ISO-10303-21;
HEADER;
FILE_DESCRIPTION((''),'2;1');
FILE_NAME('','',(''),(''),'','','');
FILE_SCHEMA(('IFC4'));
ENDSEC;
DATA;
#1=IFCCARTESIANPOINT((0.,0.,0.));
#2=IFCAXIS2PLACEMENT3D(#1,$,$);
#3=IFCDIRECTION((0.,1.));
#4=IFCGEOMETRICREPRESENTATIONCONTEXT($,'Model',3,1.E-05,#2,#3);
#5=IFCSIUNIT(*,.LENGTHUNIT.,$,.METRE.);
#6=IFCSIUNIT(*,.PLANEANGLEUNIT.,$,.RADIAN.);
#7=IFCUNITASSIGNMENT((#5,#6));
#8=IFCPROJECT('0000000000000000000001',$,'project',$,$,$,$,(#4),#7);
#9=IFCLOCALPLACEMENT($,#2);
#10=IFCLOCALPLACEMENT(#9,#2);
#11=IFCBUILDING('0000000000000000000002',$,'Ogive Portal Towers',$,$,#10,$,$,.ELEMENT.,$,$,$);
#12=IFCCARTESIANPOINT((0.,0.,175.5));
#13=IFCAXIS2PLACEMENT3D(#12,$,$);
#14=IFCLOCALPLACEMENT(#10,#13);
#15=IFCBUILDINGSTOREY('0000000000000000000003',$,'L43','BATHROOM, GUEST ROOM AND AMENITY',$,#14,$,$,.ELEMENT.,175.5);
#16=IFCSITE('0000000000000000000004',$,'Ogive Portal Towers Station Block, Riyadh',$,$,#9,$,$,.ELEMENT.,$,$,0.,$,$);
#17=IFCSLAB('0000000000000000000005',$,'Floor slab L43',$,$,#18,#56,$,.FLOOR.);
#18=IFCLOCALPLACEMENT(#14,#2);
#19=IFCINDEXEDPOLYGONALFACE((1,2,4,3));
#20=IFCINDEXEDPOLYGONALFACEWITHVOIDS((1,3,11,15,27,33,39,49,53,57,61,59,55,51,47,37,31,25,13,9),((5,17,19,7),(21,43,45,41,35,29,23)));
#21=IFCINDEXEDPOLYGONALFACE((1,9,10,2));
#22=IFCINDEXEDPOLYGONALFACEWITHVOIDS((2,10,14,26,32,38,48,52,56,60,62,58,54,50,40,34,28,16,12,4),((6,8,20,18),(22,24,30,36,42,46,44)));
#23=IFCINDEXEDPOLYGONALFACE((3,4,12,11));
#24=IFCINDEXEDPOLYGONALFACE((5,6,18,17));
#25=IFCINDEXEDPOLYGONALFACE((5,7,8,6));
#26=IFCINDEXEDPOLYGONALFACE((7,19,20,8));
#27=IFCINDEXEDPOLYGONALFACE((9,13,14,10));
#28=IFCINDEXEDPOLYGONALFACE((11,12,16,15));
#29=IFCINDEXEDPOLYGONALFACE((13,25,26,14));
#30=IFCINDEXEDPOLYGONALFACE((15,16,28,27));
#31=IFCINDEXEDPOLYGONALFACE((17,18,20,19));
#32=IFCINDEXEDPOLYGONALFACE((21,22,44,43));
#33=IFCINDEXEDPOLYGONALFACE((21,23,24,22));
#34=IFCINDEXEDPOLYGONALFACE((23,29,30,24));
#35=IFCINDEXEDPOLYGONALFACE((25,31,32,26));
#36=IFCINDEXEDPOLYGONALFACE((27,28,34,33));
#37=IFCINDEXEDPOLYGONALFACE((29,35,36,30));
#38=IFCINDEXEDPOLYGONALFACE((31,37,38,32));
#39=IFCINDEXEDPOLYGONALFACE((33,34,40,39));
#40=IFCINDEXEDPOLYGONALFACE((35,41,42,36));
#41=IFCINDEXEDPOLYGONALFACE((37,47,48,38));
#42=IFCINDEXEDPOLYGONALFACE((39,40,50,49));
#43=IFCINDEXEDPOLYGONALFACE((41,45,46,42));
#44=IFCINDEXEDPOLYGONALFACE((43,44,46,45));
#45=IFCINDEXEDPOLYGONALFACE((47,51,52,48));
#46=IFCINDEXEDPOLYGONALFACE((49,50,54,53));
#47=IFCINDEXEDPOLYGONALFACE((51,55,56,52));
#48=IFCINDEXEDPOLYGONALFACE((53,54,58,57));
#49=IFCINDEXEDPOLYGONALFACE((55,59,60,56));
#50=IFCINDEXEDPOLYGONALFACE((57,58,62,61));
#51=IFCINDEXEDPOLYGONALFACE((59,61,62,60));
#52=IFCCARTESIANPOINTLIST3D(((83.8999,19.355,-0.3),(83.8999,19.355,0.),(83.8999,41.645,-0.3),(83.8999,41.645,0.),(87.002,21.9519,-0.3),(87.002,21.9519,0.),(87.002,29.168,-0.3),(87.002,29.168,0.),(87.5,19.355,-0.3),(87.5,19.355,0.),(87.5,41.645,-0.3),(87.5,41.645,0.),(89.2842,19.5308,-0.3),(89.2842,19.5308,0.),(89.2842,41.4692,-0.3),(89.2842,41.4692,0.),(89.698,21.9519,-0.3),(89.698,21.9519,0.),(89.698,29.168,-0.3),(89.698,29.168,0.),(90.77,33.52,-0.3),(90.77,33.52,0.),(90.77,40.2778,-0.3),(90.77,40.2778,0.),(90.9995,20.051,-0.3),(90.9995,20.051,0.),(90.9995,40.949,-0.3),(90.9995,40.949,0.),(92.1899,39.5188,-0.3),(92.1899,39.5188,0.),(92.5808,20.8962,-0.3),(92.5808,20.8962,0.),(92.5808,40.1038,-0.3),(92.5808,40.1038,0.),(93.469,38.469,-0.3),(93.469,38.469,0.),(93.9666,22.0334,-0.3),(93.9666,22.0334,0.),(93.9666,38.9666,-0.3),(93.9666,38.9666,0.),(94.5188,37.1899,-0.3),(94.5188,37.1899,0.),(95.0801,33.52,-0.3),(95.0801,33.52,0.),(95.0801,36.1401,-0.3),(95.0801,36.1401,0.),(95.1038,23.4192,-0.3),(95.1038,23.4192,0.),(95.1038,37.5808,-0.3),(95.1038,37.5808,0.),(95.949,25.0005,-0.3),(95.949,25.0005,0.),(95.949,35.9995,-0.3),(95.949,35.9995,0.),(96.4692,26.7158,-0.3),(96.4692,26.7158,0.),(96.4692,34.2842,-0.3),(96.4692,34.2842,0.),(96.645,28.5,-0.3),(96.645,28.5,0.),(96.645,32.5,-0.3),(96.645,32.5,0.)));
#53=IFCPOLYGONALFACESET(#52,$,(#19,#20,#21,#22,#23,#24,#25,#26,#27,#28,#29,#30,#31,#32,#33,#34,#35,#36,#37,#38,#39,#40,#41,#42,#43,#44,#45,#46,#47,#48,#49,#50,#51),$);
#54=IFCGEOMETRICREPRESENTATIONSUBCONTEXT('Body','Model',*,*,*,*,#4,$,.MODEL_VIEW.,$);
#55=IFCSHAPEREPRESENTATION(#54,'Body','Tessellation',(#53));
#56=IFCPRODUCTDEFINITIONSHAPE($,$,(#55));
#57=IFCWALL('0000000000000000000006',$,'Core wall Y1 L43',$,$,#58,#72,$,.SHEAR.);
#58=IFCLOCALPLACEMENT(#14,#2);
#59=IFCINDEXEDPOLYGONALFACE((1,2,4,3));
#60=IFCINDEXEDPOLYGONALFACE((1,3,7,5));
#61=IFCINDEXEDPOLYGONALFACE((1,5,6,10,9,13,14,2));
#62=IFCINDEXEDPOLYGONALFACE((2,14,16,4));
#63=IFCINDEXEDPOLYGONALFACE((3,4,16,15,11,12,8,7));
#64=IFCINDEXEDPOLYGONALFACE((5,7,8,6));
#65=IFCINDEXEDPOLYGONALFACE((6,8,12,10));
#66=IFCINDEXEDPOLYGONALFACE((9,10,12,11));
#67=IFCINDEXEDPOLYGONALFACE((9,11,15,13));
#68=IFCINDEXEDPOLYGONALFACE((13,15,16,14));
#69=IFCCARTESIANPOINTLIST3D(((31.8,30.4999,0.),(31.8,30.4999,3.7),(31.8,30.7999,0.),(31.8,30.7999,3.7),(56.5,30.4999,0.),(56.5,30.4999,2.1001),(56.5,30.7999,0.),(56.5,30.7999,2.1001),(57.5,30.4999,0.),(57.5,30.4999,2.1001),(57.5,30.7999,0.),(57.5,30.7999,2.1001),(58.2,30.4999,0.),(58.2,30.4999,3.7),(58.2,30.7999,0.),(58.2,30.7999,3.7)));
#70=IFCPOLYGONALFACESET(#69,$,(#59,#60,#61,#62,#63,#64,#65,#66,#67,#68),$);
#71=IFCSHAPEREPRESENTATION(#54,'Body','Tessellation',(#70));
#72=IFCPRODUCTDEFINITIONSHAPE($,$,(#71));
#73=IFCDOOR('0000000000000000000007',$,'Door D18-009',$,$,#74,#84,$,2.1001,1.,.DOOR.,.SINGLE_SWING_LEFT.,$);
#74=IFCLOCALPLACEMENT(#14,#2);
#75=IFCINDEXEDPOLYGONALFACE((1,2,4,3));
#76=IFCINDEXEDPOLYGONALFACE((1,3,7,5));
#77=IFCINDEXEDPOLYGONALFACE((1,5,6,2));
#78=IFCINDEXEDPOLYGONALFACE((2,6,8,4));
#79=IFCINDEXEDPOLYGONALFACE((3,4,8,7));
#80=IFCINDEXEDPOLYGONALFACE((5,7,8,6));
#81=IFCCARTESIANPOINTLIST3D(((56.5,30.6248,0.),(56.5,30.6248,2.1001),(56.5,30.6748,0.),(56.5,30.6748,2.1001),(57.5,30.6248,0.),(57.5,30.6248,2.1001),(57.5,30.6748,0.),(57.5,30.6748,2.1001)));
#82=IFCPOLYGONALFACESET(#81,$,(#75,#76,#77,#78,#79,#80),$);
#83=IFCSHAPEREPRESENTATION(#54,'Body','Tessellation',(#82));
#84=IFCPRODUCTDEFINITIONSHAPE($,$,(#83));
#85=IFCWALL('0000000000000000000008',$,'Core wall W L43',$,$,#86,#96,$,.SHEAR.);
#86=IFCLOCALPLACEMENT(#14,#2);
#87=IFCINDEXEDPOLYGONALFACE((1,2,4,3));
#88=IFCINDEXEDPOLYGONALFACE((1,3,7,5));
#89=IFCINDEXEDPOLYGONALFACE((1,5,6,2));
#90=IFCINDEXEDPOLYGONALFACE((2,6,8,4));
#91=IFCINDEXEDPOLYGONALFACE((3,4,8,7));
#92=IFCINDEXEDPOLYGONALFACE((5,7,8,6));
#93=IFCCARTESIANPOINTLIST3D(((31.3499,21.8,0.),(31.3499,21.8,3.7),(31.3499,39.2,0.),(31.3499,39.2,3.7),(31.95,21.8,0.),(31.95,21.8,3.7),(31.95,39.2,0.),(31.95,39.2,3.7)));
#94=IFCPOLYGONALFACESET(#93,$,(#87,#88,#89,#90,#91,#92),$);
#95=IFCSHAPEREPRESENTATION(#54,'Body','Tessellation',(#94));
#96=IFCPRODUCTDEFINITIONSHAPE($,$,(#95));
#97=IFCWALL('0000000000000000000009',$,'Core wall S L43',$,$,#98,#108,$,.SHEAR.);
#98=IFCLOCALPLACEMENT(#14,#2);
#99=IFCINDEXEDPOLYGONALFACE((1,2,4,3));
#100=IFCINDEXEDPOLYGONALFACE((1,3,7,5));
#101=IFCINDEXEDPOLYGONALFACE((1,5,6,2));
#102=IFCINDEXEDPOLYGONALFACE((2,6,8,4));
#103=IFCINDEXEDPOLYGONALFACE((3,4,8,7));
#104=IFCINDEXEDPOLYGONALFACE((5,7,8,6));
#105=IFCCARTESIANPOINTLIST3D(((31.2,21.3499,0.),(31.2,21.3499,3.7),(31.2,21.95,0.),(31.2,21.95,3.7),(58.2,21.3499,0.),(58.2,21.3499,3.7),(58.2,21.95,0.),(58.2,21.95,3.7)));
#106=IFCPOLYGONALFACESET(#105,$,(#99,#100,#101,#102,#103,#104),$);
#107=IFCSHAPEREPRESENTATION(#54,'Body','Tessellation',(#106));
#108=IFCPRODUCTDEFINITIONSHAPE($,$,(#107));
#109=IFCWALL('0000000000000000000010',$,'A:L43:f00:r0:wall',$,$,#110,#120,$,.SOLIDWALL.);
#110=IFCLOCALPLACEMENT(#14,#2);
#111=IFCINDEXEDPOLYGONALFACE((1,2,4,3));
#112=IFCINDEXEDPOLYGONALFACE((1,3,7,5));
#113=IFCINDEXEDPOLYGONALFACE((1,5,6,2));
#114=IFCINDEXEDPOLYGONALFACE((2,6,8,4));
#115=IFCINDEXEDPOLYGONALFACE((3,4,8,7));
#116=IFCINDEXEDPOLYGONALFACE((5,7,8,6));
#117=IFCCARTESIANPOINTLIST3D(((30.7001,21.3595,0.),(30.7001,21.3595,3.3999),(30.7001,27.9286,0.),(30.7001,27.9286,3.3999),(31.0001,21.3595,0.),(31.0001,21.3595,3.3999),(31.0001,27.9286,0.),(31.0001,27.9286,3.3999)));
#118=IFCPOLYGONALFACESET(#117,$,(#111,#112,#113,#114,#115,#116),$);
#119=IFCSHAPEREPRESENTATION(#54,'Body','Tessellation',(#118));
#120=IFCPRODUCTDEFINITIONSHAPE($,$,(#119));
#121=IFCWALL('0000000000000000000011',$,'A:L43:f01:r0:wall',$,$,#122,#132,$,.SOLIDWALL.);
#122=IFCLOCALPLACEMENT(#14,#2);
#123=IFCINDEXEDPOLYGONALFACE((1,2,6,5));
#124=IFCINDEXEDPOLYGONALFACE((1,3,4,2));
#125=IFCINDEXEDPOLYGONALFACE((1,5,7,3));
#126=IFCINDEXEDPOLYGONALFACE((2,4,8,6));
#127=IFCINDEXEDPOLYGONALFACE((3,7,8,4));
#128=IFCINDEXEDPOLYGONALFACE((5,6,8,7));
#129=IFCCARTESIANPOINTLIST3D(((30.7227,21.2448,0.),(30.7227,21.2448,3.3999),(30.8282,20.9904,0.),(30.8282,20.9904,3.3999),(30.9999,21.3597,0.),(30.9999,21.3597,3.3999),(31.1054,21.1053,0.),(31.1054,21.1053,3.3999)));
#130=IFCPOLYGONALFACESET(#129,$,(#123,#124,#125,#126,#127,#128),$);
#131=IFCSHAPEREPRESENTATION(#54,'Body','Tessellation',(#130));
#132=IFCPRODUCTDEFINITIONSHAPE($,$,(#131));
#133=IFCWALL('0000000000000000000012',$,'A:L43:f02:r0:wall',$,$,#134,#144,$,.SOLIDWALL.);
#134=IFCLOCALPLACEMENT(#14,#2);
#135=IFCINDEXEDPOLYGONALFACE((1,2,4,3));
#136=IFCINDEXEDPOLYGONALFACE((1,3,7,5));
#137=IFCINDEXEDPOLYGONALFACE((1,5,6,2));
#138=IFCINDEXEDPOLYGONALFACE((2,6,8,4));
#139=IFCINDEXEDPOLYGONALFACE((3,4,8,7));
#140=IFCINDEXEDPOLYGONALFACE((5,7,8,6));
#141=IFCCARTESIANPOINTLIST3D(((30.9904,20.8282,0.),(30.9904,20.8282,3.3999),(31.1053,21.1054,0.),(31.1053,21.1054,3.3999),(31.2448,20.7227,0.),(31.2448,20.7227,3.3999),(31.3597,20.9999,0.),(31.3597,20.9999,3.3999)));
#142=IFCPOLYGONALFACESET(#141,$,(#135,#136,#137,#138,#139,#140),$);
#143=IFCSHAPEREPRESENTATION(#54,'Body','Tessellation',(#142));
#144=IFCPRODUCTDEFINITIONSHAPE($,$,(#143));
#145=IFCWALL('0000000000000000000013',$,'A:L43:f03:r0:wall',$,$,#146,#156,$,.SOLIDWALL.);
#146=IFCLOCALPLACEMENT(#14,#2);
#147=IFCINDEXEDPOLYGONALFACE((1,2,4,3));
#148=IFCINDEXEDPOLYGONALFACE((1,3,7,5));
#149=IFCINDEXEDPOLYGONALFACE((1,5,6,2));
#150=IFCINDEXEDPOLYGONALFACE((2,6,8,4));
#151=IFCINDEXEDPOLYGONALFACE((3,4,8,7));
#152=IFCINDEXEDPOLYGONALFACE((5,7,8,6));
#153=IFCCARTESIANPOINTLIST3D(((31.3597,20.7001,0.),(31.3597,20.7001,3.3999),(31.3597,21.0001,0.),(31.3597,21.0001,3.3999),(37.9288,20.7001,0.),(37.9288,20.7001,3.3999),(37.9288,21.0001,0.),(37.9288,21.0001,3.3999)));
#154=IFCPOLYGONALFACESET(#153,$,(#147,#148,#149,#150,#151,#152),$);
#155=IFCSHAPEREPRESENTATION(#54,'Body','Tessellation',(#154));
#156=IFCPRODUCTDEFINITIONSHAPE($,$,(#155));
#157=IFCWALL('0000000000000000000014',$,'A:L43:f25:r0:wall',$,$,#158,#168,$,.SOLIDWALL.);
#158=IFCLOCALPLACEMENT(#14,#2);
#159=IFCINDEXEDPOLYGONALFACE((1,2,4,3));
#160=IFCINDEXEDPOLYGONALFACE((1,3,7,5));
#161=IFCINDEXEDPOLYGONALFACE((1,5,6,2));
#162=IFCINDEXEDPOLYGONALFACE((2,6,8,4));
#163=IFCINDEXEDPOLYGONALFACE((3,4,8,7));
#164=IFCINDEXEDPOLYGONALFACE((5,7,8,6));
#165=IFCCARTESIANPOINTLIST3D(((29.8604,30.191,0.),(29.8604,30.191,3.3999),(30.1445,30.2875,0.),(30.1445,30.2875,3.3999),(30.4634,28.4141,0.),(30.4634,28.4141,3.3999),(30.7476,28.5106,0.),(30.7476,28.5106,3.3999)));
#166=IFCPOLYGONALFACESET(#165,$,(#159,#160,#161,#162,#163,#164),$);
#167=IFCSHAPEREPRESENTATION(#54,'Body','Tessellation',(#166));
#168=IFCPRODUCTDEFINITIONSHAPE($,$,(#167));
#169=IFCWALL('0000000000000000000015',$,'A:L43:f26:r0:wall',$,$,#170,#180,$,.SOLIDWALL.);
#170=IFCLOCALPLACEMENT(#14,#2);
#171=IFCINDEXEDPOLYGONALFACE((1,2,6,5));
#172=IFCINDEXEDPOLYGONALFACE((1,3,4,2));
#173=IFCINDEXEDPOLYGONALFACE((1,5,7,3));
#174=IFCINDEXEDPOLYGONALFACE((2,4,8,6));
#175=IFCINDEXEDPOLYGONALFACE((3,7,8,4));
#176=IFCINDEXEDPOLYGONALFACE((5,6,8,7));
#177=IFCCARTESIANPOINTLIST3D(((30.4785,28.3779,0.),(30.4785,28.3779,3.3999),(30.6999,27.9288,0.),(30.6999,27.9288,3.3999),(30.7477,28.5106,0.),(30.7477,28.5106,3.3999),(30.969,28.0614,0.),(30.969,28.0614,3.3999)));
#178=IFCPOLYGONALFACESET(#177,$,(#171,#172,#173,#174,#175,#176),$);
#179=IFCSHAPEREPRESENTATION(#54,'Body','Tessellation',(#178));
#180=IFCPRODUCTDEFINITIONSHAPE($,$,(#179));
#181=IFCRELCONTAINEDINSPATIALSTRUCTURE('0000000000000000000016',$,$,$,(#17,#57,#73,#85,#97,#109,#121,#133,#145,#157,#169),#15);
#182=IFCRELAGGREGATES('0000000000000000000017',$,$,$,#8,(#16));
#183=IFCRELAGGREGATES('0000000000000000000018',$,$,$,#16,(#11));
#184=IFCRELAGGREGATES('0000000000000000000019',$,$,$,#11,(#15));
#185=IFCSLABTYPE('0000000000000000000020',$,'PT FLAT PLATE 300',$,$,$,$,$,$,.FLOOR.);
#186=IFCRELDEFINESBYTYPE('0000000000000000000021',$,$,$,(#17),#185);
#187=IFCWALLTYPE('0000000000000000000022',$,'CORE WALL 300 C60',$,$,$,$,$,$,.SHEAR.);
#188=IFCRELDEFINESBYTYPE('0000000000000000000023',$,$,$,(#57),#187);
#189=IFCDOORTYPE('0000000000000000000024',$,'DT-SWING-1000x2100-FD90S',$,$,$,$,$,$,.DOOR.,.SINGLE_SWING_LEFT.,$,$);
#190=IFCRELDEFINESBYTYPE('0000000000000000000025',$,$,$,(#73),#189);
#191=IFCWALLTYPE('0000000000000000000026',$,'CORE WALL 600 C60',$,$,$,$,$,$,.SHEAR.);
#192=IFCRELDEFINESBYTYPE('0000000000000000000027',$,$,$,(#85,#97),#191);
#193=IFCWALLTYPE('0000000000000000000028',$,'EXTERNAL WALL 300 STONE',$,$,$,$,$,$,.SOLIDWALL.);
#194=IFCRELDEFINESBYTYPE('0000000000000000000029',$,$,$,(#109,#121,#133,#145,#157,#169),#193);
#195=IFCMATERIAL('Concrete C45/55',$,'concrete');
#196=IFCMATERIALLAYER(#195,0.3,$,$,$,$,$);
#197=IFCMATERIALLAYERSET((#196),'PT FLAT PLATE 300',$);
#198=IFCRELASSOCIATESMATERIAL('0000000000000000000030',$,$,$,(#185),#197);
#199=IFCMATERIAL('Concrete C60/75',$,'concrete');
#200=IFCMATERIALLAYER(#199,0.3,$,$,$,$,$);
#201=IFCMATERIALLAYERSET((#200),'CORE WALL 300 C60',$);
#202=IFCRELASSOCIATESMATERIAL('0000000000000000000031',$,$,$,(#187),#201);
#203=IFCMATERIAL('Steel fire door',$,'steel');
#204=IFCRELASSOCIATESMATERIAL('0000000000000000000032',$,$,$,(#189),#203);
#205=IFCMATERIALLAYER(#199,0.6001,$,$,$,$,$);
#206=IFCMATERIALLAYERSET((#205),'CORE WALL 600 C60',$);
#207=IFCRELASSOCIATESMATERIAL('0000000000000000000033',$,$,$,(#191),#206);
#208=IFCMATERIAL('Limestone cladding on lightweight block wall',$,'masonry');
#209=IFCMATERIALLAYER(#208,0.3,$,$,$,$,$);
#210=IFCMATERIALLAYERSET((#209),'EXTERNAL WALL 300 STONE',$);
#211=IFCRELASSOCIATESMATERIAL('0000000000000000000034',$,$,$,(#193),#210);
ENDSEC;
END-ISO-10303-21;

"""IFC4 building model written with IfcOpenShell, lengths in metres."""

from ifc_helpers import new_model, si_unit, direction, frame, frame_2d, origin, place, context, subcontext, project, spatial, polyline, rectangle, outline, extrude, material, layer, layer_set, type_object, element, fill, save


model = new_model("IFC4")

# Units and contexts
model_context = context("Model", 3, precision=1e-05, world=origin(), true_north=direction((0.0, 1.0)))
body_context = subcontext(model_context, "Body", "Model", "MODEL_VIEW")
ifc_project = project(units=[si_unit("LENGTHUNIT", "METRE"), si_unit("PLANEANGLEUNIT", "RADIAN")], contexts=[model_context])

# Site, building, storey
site_placement = place(None, origin())
site = spatial("IfcSite", under=ifc_project, at=site_placement, Name="Ogive Portal Towers Station Block, Riyadh", CompositionType="ELEMENT", RefElevation=0.0)
building_placement = place(site_placement, origin())
building = spatial("IfcBuilding", under=site, at=building_placement, Name="Ogive Portal Towers", CompositionType="ELEMENT")
storey_placement = place(building_placement, frame((0.0, 0.0, 175.5)))
storey = spatial("IfcBuildingStorey", under=building, at=storey_placement, Name="L43", Description="BATHROOM, GUEST ROOM AND AMENITY", CompositionType="ELEMENT", Elevation=175.5)

# Slab
ifc_material_1 = material(Name="Concrete C45/55", Category="concrete")
ifc_layer_1 = layer(ifc_material_1, 0.3)
ifc_layer_set_1 = layer_set([ifc_layer_1], Name="PT FLAT PLATE 300")
slab_type_1 = type_object("IfcSlabType", Name="PT FLAT PLATE 300", PredefinedType="FLOOR", material=ifc_layer_set_1)
slab_1_placement = place(storey_placement, frame((0.0, 0.0, -0.3)))
element("IfcSlab", 1, at=slab_1_placement, inside=storey, type_object=slab_type_1, Name="Floor slab L43", PredefinedType="FLOOR", context=body_context, shape_type="SweptSolid", body=[
    extrude(outline(polyline([(89.2842, 41.4692), (87.5, 41.645), (83.8999, 41.645), (83.8999, 19.355), (87.5, 19.355), (89.2842, 19.5308), (90.9995, 20.051), (92.5808, 20.8962), (93.9666, 22.0334), (95.1038, 23.4192), (95.949, 25.0005), (96.4692, 26.7158), (96.645, 28.5), (96.645, 32.5), (96.4692, 34.2842), (95.949, 35.9995), (95.1038, 37.5808), (93.9666, 38.9666), (92.5808, 40.1038), (90.9995, 40.949), (89.2842, 41.4692)]), holes=[polyline([(87.002, 21.9519), (87.002, 29.168), (89.698, 29.168), (89.698, 21.9519), (87.002, 21.9519)]), polyline([(94.5188, 37.1899), (95.0801, 36.1401), (95.0801, 33.52), (90.77, 33.52), (90.77, 40.2778), (92.1899, 39.5188), (93.469, 38.469), (94.5188, 37.1899)])]), origin(), (0.0, 0.0, 1.0), 0.3),
])

# Wall, opening, door
ifc_material_2 = material(Name="Concrete C60/75", Category="concrete")
ifc_layer_2 = layer(ifc_material_2, 0.3)
ifc_layer_set_2 = layer_set([ifc_layer_2], Name="CORE WALL 300 C60")
wall_type_1 = type_object("IfcWallType", Name="CORE WALL 300 C60", PredefinedType="SHEAR", material=ifc_layer_set_2)
wall_1_placement = place(storey_placement, frame((31.8, 30.6499, 0.0), z_axis=(0.0, 0.0, 1.0), x_axis=(1.0, 0.0, 0.0)))
wall_1 = element("IfcWall", 2, at=wall_1_placement, inside=storey, type_object=wall_type_1, Name="Core wall Y1 L43", PredefinedType="SHEAR", context=body_context, shape_type="SweptSolid", body=[
    extrude(rectangle(XDim=26.3999, YDim=0.3, at=frame_2d((13.2, 0.0))), origin(), (0.0, 0.0, 1.0), 3.7),
])
opening_1_placement = place(wall_1_placement, frame((24.7, 0.0, 0.0)))
opening_1 = element("IfcOpeningElement", 3, at=opening_1_placement, cuts=wall_1, PredefinedType="OPENING", context=body_context, shape_type="SweptSolid", body=[
    extrude(rectangle(XDim=1.0, YDim=2.1001, at=frame_2d((0.5, 1.05))), frame((0.0, 0.1602, 0.0), z_axis=(0.0, -1.0, 0.0), x_axis=(1.0, 0.0, 0.0)), (0.0, 0.0, 1.0), 0.3201),
])
ifc_material_3 = material(Name="Steel fire door", Category="steel")
door_type_1 = type_object("IfcDoorType", Name="DT-SWING-1000x2100-FD90S", OperationType="SINGLE_SWING_LEFT", PredefinedType="DOOR", material=ifc_material_3)
door_1_placement = place(opening_1_placement, origin())
door_1 = element("IfcDoor", 4, at=door_1_placement, inside=storey, type_object=door_type_1, Name="Door D18-009", OperationType="SINGLE_SWING_LEFT", OverallHeight=2.1001, OverallWidth=1.0, PredefinedType="DOOR", context=body_context, shape_type="SweptSolid", body=[
    extrude(rectangle(XDim=1.0, YDim=2.1001, at=frame_2d((0.5, 1.05))), frame((0.0, 0.0249, 0.0), z_axis=(0.0, -1.0, 0.0), x_axis=(1.0, 0.0, 0.0)), (0.0, 0.0, 1.0), 0.05),
])
fill(opening_1, door_1)

# Walls
ifc_layer_3 = layer(ifc_material_2, 0.6001)
ifc_layer_set_3 = layer_set([ifc_layer_3], Name="CORE WALL 600 C60")
wall_type_2 = type_object("IfcWallType", Name="CORE WALL 600 C60", PredefinedType="SHEAR", material=ifc_layer_set_3)
wall_2_placement = place(storey_placement, frame((31.6499, 21.8, 0.0), z_axis=(0.0, 0.0, 1.0), x_axis=(0.0, 1.0, 0.0)))
element("IfcWall", 5, at=wall_2_placement, inside=storey, type_object=wall_type_2, Name="Core wall W L43", PredefinedType="SHEAR", context=body_context, shape_type="SweptSolid", body=[
    extrude(rectangle(XDim=17.3999, YDim=0.6001, at=frame_2d((8.7, 0.0))), origin(), (0.0, 0.0, 1.0), 3.7),
])
wall_3_placement = place(storey_placement, frame((31.2, 21.6499, 0.0), z_axis=(0.0, 0.0, 1.0), x_axis=(1.0, 0.0, 0.0)))
element("IfcWall", 6, at=wall_3_placement, inside=storey, type_object=wall_type_2, Name="Core wall S L43", PredefinedType="SHEAR", context=body_context, shape_type="SweptSolid", body=[
    extrude(rectangle(XDim=27.0, YDim=0.6001, at=frame_2d((13.5, 0.0))), origin(), (0.0, 0.0, 1.0), 3.7),
])
ifc_material_4 = material(Name="Limestone cladding on lightweight block wall", Category="masonry")
ifc_layer_4 = layer(ifc_material_4, 0.3)
ifc_layer_set_4 = layer_set([ifc_layer_4], Name="EXTERNAL WALL 300 STONE")
wall_type_3 = type_object("IfcWallType", Name="EXTERNAL WALL 300 STONE", PredefinedType="SOLIDWALL", material=ifc_layer_set_4)
wall_4_placement = place(storey_placement, frame((30.8501, 27.9287, 0.0), z_axis=(0.0, 0.0, 1.0), x_axis=(0.0, -1.0, 0.0)))
element("IfcWall", 7, at=wall_4_placement, inside=storey, type_object=wall_type_3, Name="A:L43:f00:r0:wall", PredefinedType="SOLIDWALL", context=body_context, shape_type="SweptSolid", body=[
    extrude(rectangle(XDim=6.5691, YDim=0.3, at=frame_2d((3.2847, 0.0))), origin(), (0.0, 0.0, 1.0), 3.3999),
])
for number, where, z_axis, x_axis, name in (
    (8, (30.8613, 21.3022, 0.0), (0.0, 0.0, 1.0), (0.382978, -0.923757, 0.0), "A:L43:f01:r0:wall"),
    (9, (31.0479, 20.9668, 0.0), (0.0, 0.0, 1.0), (0.923757, -0.382978, 0.0), "A:L43:f02:r0:wall"),
):
    element("IfcWall", number, at=place(storey_placement, frame(where, z_axis=z_axis, x_axis=x_axis)), inside=storey, type_object=wall_type_3, Name=name, PredefinedType="SOLIDWALL", context=body_context, shape_type="SweptSolid", body=[
        extrude(rectangle(XDim=0.2754, YDim=0.3, at=frame_2d((0.1377, 0.0))), origin(), (0.0, 0.0, 1.0), 3.3999),
    ])
wall_5_placement = place(storey_placement, frame((31.3596, 20.8501, 0.0), z_axis=(0.0, 0.0, 1.0), x_axis=(1.0, 0.0, 0.0)))
element("IfcWall", 10, at=wall_5_placement, inside=storey, type_object=wall_type_3, Name="A:L43:f03:r0:wall", PredefinedType="SOLIDWALL", context=body_context, shape_type="SweptSolid", body=[
    extrude(rectangle(XDim=6.5691, YDim=0.3, at=frame_2d((3.2847, 0.0))), origin(), (0.0, 0.0, 1.0), 3.3999),
])
wall_6_placement = place(storey_placement, frame((30.0024, 30.2393, 0.0), z_axis=(0.0, 0.0, 1.0), x_axis=(0.321376, -0.946952, 0.0)))
element("IfcWall", 11, at=wall_6_placement, inside=storey, type_object=wall_type_3, Name="A:L43:f25:r0:wall", PredefinedType="SOLIDWALL", context=body_context, shape_type="SweptSolid", body=[
    extrude(rectangle(XDim=1.8765, YDim=0.3, at=frame_2d((0.9382, 0.0))), origin(), (0.0, 0.0, 1.0), 3.3999),
])
wall_7_placement = place(storey_placement, frame((30.613, 28.4443, 0.0), z_axis=(0.0, 0.0, 1.0), x_axis=(0.442137, -0.896948, 0.0)))
element("IfcWall", 12, at=wall_7_placement, inside=storey, type_object=wall_type_3, Name="A:L43:f26:r0:wall", PredefinedType="SOLIDWALL", context=body_context, shape_type="SweptSolid", body=[
    extrude(rectangle(XDim=0.5007, YDim=0.3, at=frame_2d((0.2505, 0.0))), origin(), (0.0, 0.0, 1.0), 3.3999),
])

save(model, "model.ifc")
